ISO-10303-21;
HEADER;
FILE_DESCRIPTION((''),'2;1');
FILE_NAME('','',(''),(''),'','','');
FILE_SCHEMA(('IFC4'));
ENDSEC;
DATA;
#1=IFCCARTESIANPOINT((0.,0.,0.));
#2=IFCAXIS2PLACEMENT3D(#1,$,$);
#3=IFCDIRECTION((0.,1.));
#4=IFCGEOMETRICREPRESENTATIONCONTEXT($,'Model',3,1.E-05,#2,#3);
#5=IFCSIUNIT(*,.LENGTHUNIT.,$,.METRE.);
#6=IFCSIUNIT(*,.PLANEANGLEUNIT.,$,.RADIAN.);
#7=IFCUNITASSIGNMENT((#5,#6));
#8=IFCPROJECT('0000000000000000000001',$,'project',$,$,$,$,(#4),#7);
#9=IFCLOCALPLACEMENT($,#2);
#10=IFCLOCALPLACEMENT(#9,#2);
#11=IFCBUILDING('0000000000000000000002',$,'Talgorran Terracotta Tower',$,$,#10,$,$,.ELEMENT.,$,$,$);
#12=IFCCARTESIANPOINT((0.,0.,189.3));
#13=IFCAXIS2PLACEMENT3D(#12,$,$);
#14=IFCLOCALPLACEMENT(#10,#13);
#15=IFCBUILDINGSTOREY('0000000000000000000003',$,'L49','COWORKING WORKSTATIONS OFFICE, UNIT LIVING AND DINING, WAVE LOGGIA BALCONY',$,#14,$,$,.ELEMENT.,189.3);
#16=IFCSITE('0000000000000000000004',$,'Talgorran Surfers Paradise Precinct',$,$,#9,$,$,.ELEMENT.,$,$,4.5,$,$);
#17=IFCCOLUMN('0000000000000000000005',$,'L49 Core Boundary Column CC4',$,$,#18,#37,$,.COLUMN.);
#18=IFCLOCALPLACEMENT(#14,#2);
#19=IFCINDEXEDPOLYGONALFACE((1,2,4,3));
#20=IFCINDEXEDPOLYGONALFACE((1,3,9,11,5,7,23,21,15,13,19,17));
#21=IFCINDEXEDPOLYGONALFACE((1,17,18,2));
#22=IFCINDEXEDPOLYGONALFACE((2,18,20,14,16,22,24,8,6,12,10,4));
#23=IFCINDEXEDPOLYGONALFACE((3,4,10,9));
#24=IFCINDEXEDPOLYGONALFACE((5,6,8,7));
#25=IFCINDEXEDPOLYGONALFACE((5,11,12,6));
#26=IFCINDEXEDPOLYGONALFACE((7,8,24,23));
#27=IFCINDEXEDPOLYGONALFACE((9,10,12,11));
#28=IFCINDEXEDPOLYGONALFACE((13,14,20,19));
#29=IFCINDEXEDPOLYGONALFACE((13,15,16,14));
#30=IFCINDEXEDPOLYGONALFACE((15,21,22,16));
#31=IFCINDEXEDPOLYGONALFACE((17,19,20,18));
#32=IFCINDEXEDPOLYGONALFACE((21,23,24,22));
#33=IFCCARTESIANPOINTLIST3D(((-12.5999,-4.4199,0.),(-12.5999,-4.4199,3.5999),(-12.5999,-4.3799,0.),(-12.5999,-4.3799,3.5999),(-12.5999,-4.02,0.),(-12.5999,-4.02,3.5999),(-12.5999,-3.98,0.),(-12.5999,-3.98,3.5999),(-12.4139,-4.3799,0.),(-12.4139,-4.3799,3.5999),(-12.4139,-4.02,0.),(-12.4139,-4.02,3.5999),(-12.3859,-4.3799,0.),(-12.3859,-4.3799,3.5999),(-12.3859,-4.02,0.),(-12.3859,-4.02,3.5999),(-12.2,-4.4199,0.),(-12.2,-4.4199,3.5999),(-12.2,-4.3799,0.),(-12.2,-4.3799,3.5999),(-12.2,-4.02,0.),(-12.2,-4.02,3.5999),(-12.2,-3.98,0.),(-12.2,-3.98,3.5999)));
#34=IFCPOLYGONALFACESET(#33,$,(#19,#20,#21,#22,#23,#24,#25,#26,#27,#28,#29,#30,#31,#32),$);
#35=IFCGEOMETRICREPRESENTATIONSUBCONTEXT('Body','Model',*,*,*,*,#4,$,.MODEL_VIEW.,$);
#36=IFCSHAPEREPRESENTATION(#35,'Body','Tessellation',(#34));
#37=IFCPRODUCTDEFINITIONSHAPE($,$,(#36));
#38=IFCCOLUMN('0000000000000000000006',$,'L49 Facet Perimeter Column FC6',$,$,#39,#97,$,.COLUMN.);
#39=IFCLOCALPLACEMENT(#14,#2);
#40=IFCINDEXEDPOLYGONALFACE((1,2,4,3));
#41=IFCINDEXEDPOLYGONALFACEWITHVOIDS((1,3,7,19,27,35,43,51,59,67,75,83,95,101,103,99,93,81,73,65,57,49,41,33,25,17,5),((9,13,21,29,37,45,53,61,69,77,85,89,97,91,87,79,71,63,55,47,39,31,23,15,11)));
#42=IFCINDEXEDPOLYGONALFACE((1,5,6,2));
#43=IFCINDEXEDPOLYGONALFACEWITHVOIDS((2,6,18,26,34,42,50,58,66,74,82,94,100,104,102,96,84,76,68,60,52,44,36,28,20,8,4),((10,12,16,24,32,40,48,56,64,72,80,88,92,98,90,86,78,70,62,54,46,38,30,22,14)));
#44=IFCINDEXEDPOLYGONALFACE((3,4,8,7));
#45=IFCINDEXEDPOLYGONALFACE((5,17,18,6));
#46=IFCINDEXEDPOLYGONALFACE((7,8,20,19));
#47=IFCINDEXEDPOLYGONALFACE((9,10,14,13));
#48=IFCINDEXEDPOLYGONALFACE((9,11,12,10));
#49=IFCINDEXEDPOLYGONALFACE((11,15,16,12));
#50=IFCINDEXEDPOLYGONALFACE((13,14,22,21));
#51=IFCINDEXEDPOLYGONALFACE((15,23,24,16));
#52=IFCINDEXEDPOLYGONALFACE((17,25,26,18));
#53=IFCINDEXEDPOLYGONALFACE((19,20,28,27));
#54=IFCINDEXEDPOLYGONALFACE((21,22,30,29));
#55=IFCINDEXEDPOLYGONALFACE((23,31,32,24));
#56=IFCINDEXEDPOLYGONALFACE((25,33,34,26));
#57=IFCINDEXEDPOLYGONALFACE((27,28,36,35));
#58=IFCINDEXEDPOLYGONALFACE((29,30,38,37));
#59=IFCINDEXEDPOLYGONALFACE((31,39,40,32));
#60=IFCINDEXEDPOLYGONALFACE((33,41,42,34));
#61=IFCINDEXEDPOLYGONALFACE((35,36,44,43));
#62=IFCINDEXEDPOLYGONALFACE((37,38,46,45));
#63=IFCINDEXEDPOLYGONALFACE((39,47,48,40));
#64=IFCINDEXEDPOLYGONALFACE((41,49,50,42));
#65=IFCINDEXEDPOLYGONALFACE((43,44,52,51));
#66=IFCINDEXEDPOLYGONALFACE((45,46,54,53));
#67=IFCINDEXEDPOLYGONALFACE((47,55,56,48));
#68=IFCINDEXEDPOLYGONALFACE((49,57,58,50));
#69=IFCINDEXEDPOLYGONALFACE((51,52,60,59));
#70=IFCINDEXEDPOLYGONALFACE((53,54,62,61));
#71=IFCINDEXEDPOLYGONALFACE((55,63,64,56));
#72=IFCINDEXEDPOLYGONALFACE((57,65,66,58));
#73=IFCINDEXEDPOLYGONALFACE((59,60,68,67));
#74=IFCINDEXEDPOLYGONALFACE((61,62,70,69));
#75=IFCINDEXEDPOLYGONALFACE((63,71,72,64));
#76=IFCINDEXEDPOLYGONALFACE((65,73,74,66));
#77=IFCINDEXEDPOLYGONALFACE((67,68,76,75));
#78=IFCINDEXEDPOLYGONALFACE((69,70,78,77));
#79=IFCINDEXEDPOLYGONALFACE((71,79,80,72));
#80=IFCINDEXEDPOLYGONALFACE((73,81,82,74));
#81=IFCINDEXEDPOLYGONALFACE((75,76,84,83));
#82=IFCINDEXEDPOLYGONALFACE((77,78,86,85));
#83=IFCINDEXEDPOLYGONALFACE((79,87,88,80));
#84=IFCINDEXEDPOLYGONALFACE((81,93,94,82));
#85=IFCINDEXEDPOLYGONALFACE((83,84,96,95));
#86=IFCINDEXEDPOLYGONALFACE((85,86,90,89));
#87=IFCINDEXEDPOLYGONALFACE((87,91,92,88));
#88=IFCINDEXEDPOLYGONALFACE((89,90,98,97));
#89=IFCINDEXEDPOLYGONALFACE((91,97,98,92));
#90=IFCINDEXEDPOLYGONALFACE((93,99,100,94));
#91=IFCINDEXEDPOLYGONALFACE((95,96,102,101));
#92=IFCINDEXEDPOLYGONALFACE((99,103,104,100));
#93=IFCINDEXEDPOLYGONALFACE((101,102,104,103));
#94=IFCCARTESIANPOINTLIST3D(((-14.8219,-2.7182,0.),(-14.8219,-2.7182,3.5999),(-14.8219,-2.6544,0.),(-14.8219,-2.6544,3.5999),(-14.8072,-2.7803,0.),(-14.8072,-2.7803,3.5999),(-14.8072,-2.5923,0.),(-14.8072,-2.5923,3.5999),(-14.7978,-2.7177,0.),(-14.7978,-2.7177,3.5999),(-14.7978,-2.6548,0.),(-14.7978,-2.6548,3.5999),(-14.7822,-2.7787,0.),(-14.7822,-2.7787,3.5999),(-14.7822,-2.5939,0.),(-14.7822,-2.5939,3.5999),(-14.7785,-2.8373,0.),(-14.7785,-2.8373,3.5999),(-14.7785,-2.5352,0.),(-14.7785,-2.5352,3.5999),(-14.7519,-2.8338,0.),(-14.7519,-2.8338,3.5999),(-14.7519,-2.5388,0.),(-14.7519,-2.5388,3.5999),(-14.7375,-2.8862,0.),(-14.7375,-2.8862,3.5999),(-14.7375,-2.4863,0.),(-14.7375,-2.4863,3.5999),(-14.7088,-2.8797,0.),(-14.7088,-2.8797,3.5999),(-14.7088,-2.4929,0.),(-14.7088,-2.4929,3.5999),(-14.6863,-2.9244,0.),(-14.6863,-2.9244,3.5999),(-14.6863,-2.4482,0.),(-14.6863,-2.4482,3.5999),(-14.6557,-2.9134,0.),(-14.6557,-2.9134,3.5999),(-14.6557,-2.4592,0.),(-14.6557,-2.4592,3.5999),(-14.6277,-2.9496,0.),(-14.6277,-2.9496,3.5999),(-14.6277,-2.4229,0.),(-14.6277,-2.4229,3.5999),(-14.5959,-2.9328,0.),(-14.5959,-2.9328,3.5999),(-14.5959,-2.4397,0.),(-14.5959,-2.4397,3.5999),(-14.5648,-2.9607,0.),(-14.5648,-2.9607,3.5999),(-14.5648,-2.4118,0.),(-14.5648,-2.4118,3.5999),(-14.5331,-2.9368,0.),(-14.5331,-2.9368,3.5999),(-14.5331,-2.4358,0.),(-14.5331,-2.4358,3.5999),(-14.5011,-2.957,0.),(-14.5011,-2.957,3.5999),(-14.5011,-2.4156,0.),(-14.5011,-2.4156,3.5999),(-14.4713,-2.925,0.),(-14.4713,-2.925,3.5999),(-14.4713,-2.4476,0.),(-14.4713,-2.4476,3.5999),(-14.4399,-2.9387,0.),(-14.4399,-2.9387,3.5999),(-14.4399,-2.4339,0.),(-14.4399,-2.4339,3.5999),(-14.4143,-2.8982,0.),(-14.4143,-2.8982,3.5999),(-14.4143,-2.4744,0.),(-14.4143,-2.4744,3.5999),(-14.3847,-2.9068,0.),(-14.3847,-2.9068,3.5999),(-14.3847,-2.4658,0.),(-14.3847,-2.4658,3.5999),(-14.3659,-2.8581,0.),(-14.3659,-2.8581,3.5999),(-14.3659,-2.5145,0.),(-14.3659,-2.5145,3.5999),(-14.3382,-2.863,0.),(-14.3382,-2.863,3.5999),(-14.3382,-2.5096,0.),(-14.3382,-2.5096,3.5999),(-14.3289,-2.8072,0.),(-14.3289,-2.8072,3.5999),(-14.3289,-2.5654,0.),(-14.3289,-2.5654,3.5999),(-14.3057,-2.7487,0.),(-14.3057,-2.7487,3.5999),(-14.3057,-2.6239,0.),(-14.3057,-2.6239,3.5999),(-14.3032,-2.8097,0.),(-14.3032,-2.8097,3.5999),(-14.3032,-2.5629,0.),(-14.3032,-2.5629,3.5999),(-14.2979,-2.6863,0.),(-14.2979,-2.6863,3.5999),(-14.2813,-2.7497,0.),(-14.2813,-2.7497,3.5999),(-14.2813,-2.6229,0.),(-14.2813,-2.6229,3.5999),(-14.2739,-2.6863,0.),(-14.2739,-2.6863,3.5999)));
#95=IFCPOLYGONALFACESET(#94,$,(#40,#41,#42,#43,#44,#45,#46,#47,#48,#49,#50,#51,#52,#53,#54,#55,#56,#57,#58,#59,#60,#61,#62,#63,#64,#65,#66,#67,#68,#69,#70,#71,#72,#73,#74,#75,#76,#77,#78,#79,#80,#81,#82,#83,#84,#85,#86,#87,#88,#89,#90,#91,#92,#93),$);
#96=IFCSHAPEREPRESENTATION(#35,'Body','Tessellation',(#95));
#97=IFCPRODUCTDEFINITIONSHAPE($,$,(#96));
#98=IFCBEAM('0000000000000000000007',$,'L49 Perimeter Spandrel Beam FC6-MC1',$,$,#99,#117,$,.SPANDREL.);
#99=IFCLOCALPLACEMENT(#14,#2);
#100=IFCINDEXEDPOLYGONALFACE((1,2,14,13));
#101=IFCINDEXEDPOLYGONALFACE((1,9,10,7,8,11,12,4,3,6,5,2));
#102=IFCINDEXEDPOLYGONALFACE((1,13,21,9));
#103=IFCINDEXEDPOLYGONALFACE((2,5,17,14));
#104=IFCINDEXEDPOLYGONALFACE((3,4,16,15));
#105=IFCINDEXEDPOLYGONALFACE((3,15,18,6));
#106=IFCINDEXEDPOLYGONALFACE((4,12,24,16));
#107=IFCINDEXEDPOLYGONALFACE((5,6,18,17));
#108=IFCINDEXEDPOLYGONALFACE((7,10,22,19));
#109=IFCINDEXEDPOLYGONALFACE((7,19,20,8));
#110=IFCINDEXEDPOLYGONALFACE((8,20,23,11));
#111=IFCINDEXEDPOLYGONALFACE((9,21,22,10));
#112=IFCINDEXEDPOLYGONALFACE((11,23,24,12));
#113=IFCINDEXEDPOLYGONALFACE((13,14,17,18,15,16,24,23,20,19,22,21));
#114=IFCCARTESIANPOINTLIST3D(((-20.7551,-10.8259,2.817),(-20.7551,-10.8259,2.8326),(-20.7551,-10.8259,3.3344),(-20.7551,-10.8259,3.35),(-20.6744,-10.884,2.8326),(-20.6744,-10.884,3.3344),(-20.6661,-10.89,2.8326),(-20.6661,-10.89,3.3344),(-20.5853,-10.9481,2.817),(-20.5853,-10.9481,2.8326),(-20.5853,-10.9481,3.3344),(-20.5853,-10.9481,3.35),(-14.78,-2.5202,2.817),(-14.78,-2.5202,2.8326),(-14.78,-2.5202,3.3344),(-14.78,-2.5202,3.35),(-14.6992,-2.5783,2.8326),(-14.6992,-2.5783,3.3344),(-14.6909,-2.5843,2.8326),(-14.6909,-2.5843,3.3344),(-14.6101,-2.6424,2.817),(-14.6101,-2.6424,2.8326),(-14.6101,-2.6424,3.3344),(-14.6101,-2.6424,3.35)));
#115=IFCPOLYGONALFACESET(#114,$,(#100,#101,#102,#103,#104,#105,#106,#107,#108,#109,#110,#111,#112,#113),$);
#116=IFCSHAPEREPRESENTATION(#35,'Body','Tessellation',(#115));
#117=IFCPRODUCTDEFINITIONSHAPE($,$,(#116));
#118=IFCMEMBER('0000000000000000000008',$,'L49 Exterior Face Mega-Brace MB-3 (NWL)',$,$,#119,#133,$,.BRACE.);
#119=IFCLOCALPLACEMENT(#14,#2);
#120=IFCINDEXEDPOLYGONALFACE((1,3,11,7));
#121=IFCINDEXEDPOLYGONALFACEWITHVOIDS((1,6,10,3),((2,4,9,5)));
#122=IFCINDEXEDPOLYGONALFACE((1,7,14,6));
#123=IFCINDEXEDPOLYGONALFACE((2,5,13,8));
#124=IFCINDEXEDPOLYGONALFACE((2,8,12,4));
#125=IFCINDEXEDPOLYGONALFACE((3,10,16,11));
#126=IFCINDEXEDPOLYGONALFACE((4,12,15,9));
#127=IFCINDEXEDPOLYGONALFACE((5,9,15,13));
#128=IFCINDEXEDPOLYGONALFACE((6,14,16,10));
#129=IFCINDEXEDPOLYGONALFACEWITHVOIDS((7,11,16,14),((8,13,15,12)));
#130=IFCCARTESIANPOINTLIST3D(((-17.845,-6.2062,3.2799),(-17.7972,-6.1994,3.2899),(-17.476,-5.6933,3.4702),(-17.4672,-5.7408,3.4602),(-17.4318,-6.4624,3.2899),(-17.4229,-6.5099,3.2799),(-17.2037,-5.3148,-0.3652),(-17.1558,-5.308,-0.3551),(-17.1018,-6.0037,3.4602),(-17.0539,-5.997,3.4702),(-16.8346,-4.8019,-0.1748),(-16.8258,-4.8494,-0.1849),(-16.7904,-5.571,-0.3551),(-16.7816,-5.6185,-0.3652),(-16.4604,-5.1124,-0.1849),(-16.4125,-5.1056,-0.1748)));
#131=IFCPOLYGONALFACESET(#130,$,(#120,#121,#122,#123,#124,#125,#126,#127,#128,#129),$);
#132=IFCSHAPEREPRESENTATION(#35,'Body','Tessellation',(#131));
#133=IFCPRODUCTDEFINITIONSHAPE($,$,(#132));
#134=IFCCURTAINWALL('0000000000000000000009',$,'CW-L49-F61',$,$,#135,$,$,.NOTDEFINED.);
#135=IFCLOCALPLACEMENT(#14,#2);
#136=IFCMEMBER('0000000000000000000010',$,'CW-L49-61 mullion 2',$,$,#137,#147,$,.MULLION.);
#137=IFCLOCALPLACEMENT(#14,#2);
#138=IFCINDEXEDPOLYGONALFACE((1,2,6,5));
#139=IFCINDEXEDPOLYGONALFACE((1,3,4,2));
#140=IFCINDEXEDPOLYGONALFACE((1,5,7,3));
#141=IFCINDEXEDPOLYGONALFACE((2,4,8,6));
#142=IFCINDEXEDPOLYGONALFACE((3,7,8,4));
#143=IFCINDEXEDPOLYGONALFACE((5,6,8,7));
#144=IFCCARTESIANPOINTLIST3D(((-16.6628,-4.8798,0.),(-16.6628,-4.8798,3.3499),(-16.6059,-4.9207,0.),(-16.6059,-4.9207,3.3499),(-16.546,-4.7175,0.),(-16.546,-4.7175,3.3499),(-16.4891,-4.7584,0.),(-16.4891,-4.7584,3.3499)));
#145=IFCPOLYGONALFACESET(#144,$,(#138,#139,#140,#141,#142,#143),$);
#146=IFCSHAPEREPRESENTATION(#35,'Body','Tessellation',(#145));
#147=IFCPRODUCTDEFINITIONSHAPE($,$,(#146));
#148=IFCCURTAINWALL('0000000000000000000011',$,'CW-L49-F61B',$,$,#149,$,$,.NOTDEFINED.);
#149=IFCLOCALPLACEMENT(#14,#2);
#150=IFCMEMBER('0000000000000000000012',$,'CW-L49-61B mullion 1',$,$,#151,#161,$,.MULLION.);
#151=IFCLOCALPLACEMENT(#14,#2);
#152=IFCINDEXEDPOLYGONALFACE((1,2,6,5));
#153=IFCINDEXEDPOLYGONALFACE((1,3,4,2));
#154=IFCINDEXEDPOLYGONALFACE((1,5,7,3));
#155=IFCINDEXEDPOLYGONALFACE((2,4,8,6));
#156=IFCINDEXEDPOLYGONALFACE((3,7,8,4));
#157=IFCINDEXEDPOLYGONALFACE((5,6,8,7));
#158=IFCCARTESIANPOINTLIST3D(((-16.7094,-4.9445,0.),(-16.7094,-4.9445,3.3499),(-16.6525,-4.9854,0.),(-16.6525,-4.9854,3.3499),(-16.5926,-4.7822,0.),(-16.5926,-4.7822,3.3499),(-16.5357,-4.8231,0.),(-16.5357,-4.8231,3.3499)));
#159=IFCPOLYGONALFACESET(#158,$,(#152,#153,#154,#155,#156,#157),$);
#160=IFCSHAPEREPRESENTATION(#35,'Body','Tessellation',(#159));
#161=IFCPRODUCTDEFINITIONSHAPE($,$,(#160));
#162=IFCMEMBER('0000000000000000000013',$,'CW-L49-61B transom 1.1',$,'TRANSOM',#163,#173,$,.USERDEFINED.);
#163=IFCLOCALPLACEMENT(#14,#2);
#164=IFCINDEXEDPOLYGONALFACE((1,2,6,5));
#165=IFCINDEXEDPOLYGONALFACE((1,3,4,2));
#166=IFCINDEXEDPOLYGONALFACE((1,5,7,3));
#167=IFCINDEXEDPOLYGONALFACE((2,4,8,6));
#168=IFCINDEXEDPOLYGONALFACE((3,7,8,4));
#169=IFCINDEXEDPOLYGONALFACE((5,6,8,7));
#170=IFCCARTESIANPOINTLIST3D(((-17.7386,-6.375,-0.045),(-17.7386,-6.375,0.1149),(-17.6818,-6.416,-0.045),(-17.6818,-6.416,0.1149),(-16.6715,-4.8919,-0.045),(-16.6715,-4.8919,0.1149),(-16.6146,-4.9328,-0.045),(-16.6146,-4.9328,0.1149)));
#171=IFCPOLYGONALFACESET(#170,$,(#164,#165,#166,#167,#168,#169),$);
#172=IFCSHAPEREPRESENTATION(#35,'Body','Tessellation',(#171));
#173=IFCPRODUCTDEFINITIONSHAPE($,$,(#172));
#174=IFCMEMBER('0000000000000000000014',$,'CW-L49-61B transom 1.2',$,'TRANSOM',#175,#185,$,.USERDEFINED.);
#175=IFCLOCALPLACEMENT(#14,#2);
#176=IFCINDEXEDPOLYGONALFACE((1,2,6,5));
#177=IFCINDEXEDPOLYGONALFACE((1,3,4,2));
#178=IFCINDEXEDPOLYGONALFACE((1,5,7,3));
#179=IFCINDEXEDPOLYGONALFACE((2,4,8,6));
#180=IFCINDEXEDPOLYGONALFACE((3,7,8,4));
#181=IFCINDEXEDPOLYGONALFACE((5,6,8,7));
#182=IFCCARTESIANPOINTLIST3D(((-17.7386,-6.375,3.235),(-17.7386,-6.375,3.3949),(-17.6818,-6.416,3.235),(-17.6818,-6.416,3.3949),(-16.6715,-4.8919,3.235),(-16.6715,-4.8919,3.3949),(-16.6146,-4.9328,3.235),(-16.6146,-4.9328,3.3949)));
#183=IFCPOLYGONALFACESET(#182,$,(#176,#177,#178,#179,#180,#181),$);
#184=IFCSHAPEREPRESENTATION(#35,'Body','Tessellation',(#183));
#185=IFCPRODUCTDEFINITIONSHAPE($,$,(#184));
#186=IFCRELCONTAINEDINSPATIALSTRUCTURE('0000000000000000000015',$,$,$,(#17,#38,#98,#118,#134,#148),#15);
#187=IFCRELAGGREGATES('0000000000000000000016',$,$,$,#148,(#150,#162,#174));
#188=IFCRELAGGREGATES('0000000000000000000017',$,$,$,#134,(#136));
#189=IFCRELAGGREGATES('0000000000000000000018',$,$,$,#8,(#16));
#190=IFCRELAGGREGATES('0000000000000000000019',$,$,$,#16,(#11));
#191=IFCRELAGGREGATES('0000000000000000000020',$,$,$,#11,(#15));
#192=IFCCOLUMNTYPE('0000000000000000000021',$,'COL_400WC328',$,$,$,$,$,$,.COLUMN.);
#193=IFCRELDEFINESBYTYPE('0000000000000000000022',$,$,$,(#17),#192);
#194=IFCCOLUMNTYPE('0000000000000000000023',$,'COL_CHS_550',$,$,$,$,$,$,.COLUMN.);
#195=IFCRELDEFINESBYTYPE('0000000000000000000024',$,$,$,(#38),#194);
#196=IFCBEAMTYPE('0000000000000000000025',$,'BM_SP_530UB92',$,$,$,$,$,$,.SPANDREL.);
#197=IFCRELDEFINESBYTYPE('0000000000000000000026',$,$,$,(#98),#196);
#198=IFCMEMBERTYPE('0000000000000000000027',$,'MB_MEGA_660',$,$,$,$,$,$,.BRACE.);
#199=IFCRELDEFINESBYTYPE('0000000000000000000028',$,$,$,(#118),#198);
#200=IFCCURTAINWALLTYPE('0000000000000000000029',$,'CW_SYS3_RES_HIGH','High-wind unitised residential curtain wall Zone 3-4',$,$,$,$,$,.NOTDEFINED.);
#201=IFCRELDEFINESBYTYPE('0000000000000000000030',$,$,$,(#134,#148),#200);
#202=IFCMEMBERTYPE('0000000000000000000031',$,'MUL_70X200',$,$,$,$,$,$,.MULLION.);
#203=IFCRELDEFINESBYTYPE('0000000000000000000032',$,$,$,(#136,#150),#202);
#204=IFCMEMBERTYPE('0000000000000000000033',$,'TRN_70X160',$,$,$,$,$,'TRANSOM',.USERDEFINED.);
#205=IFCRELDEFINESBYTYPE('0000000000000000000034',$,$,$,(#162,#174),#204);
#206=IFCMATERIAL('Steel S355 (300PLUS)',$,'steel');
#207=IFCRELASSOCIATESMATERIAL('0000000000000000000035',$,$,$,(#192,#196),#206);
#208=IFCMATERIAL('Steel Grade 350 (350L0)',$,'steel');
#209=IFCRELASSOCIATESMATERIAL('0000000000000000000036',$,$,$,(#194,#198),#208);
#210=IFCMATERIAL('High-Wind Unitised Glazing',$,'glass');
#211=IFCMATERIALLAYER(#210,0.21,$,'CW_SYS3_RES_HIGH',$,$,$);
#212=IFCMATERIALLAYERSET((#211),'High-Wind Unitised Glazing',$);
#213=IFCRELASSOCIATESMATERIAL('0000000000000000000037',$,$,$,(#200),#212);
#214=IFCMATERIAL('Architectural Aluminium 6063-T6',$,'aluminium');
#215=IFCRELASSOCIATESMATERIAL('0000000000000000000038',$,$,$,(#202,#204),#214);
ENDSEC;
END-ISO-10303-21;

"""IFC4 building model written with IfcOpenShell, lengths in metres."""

from ifc_helpers import new_model, si_unit, direction, frame, origin, origin_2d, place, context, subcontext, project, spatial, rectangle, hollow_rectangle, hollow_circle, i_section, extrude, material, layer, layer_set, material_profile, profile_set, type_object, element, aggregate, save


model = new_model("IFC4")

# Units and contexts
model_context = context("Model", 3, precision=1e-05, world=origin(), true_north=direction((0.0, 1.0)))
body_context = subcontext(model_context, "Body", "Model", "MODEL_VIEW")
ifc_project = project(units=[si_unit("LENGTHUNIT", "METRE"), si_unit("PLANEANGLEUNIT", "RADIAN")], contexts=[model_context])

# Site, building, storey
site_placement = place(None, origin())
site = spatial("IfcSite", under=ifc_project, at=site_placement, Name="Talgorran Surfers Paradise Precinct", CompositionType="ELEMENT", RefElevation=4.5)
building_placement = place(site_placement, origin())
building = spatial("IfcBuilding", under=site, at=building_placement, Name="Talgorran Terracotta Tower", CompositionType="ELEMENT")
storey_placement = place(building_placement, frame((0.0, 0.0, 189.3)))
storey = spatial("IfcBuildingStorey", under=building, at=storey_placement, Name="L49", Description="COWORKING WORKSTATIONS OFFICE, UNIT LIVING AND DINING, WAVE LOGGIA BALCONY", CompositionType="ELEMENT", Elevation=189.3)

# Columns
ifc_material_1 = material(Name="Steel S355 (300PLUS)", Category="steel")
ifc_material_profile_1 = material_profile(ifc_material_1, i_section(OverallWidth=0.3999, OverallDepth=0.4399, WebThickness=0.0281, FlangeThickness=0.04, at=origin_2d()), Name="400WC328")
ifc_profile_set_1 = profile_set([ifc_material_profile_1], Name="Steel S355 (300PLUS)")
column_type_1 = type_object("IfcColumnType", Name="COL_400WC328", PredefinedType="COLUMN", material=ifc_profile_set_1)
column_1_placement = place(storey_placement, frame((-12.3999, -4.2, 0.0), z_axis=(0.0, 0.0, 1.0), x_axis=(1.0, 0.0, 0.0)))
element("IfcColumn", 1, at=column_1_placement, inside=storey, type_object=column_type_1, Name="L49 Core Boundary Column CC4", PredefinedType="COLUMN", context=body_context, shape_type="SweptSolid", body=[
    extrude(i_section(OverallWidth=0.3999, OverallDepth=0.4399, WebThickness=0.0281, FlangeThickness=0.04, at=origin_2d()), origin(), (0.0, 0.0, 1.0), 3.5999),
])
ifc_material_2 = material(Name="Steel Grade 350 (350L0)", Category="steel")
ifc_material_profile_2 = material_profile(ifc_material_2, hollow_circle(Radius=0.2749, WallThickness=0.0239, at=origin_2d()), Name="CHS550X24")
ifc_profile_set_2 = profile_set([ifc_material_profile_2], Name="Steel Grade 350 (350L0)")
column_type_2 = type_object("IfcColumnType", Name="COL_CHS_550", PredefinedType="COLUMN", material=ifc_profile_set_2)
column_2_placement = place(storey_placement, frame((-14.5488, -2.6863, 0.0), z_axis=(0.0, 0.0, 1.0), x_axis=(1.0, 0.0, 0.0)))
element("IfcColumn", 2, at=column_2_placement, inside=storey, type_object=column_type_2, Name="L49 Facet Perimeter Column FC6", PredefinedType="COLUMN", context=body_context, shape_type="SweptSolid", body=[
    extrude(hollow_circle(Radius=0.2749, WallThickness=0.0239, at=origin_2d()), origin(), (0.0, 0.0, 1.0), 3.5999),
])

# Beam
ifc_material_profile_3 = material_profile(ifc_material_1, i_section(OverallWidth=0.2092, OverallDepth=0.533, WebThickness=0.0103, FlangeThickness=0.0156, at=origin_2d()), Name="530UB92.4")
ifc_profile_set_3 = profile_set([ifc_material_profile_3], Name="Steel S355 (300PLUS)")
beam_type = type_object("IfcBeamType", Name="BM_SP_530UB92", PredefinedType="SPANDREL", material=ifc_profile_set_3)
beam_placement = place(storey_placement, frame((-14.6951, -2.5813, 3.0835), z_axis=(-0.583984, -0.811765, 0.0), x_axis=(0.811765, -0.583984, 0.0)))
element("IfcBeam", 3, at=beam_placement, inside=storey, type_object=beam_type, Name="L49 Perimeter Spandrel Beam FC6-MC1", PredefinedType="SPANDREL", context=body_context, shape_type="SweptSolid", body=[
    extrude(i_section(OverallWidth=0.2092, OverallDepth=0.533, WebThickness=0.0103, FlangeThickness=0.0156, at=origin_2d()), origin(), (0.0, 0.0, 1.0), 10.2317),
])

# Member
ifc_material_profile_4 = material_profile(ifc_material_2, hollow_rectangle(XDim=0.52, YDim=0.6599, WallThickness=0.0349, at=origin_2d()), Name="WBOX660X520X35")
ifc_profile_set_4 = profile_set([ifc_material_profile_4], Name="Steel Grade 350 (350L0)")
member_type_1 = type_object("IfcMemberType", Name="MB_MEGA_660", PredefinedType="BRACE", material=ifc_profile_set_4)
member_1_placement = place(storey_placement, frame((-16.8081, -5.2102, -0.27), z_axis=(-0.168475, -0.234146, 0.957492), x_axis=(0.811716, -0.584053, 0.0)))
element("IfcMember", 4, at=member_1_placement, inside=storey, type_object=member_type_1, Name="L49 Exterior Face Mega-Brace MB-3 (NWL)", PredefinedType="BRACE", context=body_context, shape_type="SweptSolid", body=[
    extrude(hollow_rectangle(XDim=0.52, YDim=0.6599, WallThickness=0.0349, at=origin_2d()), origin(), (0.0, 0.0, 1.0), 3.8069),
])

# Curtain wall, member
ifc_material_3 = material(Name="High-Wind Unitised Glazing", Category="glass")
ifc_layer_1 = layer(ifc_material_3, 0.21, Name="CW_SYS3_RES_HIGH")
ifc_layer_set_1 = layer_set([ifc_layer_1], Name="High-Wind Unitised Glazing")
curtain_wall_type = type_object("IfcCurtainWallType", Name="CW_SYS3_RES_HIGH", Description="High-wind unitised residential curtain wall Zone 3-4", PredefinedType="NOTDEFINED", material=ifc_layer_set_1)
curtain_wall_1_placement = place(storey_placement, origin())
curtain_wall_1 = element("IfcCurtainWall", 5, at=curtain_wall_1_placement, inside=storey, type_object=curtain_wall_type, Name="CW-L49-F61", PredefinedType="NOTDEFINED")
ifc_material_4 = material(Name="Architectural Aluminium 6063-T6", Category="aluminium")
ifc_material_profile_5 = material_profile(ifc_material_4, rectangle(XDim=0.0701, YDim=0.2, at=origin_2d()), Name="CWM70X200")
ifc_profile_set_5 = profile_set([ifc_material_profile_5], Name="Architectural Aluminium 6063-T6")
member_type_2 = type_object("IfcMemberType", Name="MUL_70X200", PredefinedType="MULLION", material=ifc_profile_set_5)
member_2_placement = place(storey_placement, frame((-16.5759, -4.8191, 0.0), z_axis=(0.0, 0.0, 1.0), x_axis=(0.811767, -0.583981, 0.0)))
member_2 = element("IfcMember", 6, at=member_2_placement, type_object=member_type_2, Name="CW-L49-61 mullion 2", PredefinedType="MULLION", context=body_context, shape_type="SweptSolid", body=[
    extrude(rectangle(XDim=0.0701, YDim=0.2, at=origin_2d()), origin(), (0.0, 0.0, 1.0), 3.3499),
])

# Curtain wall, members
curtain_wall_2_placement = place(storey_placement, origin())
curtain_wall_2 = element("IfcCurtainWall", 7, at=curtain_wall_2_placement, inside=storey, type_object=curtain_wall_type, Name="CW-L49-F61B", PredefinedType="NOTDEFINED")
member_3_placement = place(storey_placement, frame((-16.6226, -4.8838, 0.0), z_axis=(0.0, 0.0, 1.0), x_axis=(0.811744, -0.584014, 0.0)))
member_3 = element("IfcMember", 8, at=member_3_placement, type_object=member_type_2, Name="CW-L49-61B mullion 1", PredefinedType="MULLION", context=body_context, shape_type="SweptSolid", body=[
    extrude(rectangle(XDim=0.0701, YDim=0.2, at=origin_2d()), origin(), (0.0, 0.0, 1.0), 3.3499),
])
ifc_material_profile_6 = material_profile(ifc_material_4, rectangle(XDim=0.0701, YDim=0.1599, at=origin_2d()), Name="CWT70X160")
ifc_profile_set_6 = profile_set([ifc_material_profile_6], Name="Architectural Aluminium 6063-T6")
member_type_3 = type_object("IfcMemberType", Name="TRN_70X160", ElementType="TRANSOM", PredefinedType="USERDEFINED", material=ifc_profile_set_6)
member_4_placement = place(storey_placement, frame((-16.6431, -4.9124, 0.0349), z_axis=(-0.584041, -0.811724, 0.0), x_axis=(0.811724, -0.584041, 0.0)))
member_4 = element("IfcMember", 9, at=member_4_placement, type_object=member_type_3, Name="CW-L49-61B transom 1.1", ObjectType="TRANSOM", PredefinedType="USERDEFINED", context=body_context, shape_type="SweptSolid", body=[
    extrude(rectangle(XDim=0.0701, YDim=0.1599, at=origin_2d()), origin(), (0.0, 0.0, 1.0), 1.8271),
])
member_5_placement = place(storey_placement, frame((-16.6431, -4.9124, 3.3149), z_axis=(-0.584041, -0.811724, 0.0), x_axis=(0.811724, -0.584041, 0.0)))
member_5 = element("IfcMember", 10, at=member_5_placement, type_object=member_type_3, Name="CW-L49-61B transom 1.2", ObjectType="TRANSOM", PredefinedType="USERDEFINED", context=body_context, shape_type="SweptSolid", body=[
    extrude(rectangle(XDim=0.0701, YDim=0.1599, at=origin_2d()), origin(), (0.0, 0.0, 1.0), 1.8271),
])
aggregate(curtain_wall_2, [member_3, member_4, member_5])

aggregate(curtain_wall_1, [member_2])

save(model, "model.ifc")
